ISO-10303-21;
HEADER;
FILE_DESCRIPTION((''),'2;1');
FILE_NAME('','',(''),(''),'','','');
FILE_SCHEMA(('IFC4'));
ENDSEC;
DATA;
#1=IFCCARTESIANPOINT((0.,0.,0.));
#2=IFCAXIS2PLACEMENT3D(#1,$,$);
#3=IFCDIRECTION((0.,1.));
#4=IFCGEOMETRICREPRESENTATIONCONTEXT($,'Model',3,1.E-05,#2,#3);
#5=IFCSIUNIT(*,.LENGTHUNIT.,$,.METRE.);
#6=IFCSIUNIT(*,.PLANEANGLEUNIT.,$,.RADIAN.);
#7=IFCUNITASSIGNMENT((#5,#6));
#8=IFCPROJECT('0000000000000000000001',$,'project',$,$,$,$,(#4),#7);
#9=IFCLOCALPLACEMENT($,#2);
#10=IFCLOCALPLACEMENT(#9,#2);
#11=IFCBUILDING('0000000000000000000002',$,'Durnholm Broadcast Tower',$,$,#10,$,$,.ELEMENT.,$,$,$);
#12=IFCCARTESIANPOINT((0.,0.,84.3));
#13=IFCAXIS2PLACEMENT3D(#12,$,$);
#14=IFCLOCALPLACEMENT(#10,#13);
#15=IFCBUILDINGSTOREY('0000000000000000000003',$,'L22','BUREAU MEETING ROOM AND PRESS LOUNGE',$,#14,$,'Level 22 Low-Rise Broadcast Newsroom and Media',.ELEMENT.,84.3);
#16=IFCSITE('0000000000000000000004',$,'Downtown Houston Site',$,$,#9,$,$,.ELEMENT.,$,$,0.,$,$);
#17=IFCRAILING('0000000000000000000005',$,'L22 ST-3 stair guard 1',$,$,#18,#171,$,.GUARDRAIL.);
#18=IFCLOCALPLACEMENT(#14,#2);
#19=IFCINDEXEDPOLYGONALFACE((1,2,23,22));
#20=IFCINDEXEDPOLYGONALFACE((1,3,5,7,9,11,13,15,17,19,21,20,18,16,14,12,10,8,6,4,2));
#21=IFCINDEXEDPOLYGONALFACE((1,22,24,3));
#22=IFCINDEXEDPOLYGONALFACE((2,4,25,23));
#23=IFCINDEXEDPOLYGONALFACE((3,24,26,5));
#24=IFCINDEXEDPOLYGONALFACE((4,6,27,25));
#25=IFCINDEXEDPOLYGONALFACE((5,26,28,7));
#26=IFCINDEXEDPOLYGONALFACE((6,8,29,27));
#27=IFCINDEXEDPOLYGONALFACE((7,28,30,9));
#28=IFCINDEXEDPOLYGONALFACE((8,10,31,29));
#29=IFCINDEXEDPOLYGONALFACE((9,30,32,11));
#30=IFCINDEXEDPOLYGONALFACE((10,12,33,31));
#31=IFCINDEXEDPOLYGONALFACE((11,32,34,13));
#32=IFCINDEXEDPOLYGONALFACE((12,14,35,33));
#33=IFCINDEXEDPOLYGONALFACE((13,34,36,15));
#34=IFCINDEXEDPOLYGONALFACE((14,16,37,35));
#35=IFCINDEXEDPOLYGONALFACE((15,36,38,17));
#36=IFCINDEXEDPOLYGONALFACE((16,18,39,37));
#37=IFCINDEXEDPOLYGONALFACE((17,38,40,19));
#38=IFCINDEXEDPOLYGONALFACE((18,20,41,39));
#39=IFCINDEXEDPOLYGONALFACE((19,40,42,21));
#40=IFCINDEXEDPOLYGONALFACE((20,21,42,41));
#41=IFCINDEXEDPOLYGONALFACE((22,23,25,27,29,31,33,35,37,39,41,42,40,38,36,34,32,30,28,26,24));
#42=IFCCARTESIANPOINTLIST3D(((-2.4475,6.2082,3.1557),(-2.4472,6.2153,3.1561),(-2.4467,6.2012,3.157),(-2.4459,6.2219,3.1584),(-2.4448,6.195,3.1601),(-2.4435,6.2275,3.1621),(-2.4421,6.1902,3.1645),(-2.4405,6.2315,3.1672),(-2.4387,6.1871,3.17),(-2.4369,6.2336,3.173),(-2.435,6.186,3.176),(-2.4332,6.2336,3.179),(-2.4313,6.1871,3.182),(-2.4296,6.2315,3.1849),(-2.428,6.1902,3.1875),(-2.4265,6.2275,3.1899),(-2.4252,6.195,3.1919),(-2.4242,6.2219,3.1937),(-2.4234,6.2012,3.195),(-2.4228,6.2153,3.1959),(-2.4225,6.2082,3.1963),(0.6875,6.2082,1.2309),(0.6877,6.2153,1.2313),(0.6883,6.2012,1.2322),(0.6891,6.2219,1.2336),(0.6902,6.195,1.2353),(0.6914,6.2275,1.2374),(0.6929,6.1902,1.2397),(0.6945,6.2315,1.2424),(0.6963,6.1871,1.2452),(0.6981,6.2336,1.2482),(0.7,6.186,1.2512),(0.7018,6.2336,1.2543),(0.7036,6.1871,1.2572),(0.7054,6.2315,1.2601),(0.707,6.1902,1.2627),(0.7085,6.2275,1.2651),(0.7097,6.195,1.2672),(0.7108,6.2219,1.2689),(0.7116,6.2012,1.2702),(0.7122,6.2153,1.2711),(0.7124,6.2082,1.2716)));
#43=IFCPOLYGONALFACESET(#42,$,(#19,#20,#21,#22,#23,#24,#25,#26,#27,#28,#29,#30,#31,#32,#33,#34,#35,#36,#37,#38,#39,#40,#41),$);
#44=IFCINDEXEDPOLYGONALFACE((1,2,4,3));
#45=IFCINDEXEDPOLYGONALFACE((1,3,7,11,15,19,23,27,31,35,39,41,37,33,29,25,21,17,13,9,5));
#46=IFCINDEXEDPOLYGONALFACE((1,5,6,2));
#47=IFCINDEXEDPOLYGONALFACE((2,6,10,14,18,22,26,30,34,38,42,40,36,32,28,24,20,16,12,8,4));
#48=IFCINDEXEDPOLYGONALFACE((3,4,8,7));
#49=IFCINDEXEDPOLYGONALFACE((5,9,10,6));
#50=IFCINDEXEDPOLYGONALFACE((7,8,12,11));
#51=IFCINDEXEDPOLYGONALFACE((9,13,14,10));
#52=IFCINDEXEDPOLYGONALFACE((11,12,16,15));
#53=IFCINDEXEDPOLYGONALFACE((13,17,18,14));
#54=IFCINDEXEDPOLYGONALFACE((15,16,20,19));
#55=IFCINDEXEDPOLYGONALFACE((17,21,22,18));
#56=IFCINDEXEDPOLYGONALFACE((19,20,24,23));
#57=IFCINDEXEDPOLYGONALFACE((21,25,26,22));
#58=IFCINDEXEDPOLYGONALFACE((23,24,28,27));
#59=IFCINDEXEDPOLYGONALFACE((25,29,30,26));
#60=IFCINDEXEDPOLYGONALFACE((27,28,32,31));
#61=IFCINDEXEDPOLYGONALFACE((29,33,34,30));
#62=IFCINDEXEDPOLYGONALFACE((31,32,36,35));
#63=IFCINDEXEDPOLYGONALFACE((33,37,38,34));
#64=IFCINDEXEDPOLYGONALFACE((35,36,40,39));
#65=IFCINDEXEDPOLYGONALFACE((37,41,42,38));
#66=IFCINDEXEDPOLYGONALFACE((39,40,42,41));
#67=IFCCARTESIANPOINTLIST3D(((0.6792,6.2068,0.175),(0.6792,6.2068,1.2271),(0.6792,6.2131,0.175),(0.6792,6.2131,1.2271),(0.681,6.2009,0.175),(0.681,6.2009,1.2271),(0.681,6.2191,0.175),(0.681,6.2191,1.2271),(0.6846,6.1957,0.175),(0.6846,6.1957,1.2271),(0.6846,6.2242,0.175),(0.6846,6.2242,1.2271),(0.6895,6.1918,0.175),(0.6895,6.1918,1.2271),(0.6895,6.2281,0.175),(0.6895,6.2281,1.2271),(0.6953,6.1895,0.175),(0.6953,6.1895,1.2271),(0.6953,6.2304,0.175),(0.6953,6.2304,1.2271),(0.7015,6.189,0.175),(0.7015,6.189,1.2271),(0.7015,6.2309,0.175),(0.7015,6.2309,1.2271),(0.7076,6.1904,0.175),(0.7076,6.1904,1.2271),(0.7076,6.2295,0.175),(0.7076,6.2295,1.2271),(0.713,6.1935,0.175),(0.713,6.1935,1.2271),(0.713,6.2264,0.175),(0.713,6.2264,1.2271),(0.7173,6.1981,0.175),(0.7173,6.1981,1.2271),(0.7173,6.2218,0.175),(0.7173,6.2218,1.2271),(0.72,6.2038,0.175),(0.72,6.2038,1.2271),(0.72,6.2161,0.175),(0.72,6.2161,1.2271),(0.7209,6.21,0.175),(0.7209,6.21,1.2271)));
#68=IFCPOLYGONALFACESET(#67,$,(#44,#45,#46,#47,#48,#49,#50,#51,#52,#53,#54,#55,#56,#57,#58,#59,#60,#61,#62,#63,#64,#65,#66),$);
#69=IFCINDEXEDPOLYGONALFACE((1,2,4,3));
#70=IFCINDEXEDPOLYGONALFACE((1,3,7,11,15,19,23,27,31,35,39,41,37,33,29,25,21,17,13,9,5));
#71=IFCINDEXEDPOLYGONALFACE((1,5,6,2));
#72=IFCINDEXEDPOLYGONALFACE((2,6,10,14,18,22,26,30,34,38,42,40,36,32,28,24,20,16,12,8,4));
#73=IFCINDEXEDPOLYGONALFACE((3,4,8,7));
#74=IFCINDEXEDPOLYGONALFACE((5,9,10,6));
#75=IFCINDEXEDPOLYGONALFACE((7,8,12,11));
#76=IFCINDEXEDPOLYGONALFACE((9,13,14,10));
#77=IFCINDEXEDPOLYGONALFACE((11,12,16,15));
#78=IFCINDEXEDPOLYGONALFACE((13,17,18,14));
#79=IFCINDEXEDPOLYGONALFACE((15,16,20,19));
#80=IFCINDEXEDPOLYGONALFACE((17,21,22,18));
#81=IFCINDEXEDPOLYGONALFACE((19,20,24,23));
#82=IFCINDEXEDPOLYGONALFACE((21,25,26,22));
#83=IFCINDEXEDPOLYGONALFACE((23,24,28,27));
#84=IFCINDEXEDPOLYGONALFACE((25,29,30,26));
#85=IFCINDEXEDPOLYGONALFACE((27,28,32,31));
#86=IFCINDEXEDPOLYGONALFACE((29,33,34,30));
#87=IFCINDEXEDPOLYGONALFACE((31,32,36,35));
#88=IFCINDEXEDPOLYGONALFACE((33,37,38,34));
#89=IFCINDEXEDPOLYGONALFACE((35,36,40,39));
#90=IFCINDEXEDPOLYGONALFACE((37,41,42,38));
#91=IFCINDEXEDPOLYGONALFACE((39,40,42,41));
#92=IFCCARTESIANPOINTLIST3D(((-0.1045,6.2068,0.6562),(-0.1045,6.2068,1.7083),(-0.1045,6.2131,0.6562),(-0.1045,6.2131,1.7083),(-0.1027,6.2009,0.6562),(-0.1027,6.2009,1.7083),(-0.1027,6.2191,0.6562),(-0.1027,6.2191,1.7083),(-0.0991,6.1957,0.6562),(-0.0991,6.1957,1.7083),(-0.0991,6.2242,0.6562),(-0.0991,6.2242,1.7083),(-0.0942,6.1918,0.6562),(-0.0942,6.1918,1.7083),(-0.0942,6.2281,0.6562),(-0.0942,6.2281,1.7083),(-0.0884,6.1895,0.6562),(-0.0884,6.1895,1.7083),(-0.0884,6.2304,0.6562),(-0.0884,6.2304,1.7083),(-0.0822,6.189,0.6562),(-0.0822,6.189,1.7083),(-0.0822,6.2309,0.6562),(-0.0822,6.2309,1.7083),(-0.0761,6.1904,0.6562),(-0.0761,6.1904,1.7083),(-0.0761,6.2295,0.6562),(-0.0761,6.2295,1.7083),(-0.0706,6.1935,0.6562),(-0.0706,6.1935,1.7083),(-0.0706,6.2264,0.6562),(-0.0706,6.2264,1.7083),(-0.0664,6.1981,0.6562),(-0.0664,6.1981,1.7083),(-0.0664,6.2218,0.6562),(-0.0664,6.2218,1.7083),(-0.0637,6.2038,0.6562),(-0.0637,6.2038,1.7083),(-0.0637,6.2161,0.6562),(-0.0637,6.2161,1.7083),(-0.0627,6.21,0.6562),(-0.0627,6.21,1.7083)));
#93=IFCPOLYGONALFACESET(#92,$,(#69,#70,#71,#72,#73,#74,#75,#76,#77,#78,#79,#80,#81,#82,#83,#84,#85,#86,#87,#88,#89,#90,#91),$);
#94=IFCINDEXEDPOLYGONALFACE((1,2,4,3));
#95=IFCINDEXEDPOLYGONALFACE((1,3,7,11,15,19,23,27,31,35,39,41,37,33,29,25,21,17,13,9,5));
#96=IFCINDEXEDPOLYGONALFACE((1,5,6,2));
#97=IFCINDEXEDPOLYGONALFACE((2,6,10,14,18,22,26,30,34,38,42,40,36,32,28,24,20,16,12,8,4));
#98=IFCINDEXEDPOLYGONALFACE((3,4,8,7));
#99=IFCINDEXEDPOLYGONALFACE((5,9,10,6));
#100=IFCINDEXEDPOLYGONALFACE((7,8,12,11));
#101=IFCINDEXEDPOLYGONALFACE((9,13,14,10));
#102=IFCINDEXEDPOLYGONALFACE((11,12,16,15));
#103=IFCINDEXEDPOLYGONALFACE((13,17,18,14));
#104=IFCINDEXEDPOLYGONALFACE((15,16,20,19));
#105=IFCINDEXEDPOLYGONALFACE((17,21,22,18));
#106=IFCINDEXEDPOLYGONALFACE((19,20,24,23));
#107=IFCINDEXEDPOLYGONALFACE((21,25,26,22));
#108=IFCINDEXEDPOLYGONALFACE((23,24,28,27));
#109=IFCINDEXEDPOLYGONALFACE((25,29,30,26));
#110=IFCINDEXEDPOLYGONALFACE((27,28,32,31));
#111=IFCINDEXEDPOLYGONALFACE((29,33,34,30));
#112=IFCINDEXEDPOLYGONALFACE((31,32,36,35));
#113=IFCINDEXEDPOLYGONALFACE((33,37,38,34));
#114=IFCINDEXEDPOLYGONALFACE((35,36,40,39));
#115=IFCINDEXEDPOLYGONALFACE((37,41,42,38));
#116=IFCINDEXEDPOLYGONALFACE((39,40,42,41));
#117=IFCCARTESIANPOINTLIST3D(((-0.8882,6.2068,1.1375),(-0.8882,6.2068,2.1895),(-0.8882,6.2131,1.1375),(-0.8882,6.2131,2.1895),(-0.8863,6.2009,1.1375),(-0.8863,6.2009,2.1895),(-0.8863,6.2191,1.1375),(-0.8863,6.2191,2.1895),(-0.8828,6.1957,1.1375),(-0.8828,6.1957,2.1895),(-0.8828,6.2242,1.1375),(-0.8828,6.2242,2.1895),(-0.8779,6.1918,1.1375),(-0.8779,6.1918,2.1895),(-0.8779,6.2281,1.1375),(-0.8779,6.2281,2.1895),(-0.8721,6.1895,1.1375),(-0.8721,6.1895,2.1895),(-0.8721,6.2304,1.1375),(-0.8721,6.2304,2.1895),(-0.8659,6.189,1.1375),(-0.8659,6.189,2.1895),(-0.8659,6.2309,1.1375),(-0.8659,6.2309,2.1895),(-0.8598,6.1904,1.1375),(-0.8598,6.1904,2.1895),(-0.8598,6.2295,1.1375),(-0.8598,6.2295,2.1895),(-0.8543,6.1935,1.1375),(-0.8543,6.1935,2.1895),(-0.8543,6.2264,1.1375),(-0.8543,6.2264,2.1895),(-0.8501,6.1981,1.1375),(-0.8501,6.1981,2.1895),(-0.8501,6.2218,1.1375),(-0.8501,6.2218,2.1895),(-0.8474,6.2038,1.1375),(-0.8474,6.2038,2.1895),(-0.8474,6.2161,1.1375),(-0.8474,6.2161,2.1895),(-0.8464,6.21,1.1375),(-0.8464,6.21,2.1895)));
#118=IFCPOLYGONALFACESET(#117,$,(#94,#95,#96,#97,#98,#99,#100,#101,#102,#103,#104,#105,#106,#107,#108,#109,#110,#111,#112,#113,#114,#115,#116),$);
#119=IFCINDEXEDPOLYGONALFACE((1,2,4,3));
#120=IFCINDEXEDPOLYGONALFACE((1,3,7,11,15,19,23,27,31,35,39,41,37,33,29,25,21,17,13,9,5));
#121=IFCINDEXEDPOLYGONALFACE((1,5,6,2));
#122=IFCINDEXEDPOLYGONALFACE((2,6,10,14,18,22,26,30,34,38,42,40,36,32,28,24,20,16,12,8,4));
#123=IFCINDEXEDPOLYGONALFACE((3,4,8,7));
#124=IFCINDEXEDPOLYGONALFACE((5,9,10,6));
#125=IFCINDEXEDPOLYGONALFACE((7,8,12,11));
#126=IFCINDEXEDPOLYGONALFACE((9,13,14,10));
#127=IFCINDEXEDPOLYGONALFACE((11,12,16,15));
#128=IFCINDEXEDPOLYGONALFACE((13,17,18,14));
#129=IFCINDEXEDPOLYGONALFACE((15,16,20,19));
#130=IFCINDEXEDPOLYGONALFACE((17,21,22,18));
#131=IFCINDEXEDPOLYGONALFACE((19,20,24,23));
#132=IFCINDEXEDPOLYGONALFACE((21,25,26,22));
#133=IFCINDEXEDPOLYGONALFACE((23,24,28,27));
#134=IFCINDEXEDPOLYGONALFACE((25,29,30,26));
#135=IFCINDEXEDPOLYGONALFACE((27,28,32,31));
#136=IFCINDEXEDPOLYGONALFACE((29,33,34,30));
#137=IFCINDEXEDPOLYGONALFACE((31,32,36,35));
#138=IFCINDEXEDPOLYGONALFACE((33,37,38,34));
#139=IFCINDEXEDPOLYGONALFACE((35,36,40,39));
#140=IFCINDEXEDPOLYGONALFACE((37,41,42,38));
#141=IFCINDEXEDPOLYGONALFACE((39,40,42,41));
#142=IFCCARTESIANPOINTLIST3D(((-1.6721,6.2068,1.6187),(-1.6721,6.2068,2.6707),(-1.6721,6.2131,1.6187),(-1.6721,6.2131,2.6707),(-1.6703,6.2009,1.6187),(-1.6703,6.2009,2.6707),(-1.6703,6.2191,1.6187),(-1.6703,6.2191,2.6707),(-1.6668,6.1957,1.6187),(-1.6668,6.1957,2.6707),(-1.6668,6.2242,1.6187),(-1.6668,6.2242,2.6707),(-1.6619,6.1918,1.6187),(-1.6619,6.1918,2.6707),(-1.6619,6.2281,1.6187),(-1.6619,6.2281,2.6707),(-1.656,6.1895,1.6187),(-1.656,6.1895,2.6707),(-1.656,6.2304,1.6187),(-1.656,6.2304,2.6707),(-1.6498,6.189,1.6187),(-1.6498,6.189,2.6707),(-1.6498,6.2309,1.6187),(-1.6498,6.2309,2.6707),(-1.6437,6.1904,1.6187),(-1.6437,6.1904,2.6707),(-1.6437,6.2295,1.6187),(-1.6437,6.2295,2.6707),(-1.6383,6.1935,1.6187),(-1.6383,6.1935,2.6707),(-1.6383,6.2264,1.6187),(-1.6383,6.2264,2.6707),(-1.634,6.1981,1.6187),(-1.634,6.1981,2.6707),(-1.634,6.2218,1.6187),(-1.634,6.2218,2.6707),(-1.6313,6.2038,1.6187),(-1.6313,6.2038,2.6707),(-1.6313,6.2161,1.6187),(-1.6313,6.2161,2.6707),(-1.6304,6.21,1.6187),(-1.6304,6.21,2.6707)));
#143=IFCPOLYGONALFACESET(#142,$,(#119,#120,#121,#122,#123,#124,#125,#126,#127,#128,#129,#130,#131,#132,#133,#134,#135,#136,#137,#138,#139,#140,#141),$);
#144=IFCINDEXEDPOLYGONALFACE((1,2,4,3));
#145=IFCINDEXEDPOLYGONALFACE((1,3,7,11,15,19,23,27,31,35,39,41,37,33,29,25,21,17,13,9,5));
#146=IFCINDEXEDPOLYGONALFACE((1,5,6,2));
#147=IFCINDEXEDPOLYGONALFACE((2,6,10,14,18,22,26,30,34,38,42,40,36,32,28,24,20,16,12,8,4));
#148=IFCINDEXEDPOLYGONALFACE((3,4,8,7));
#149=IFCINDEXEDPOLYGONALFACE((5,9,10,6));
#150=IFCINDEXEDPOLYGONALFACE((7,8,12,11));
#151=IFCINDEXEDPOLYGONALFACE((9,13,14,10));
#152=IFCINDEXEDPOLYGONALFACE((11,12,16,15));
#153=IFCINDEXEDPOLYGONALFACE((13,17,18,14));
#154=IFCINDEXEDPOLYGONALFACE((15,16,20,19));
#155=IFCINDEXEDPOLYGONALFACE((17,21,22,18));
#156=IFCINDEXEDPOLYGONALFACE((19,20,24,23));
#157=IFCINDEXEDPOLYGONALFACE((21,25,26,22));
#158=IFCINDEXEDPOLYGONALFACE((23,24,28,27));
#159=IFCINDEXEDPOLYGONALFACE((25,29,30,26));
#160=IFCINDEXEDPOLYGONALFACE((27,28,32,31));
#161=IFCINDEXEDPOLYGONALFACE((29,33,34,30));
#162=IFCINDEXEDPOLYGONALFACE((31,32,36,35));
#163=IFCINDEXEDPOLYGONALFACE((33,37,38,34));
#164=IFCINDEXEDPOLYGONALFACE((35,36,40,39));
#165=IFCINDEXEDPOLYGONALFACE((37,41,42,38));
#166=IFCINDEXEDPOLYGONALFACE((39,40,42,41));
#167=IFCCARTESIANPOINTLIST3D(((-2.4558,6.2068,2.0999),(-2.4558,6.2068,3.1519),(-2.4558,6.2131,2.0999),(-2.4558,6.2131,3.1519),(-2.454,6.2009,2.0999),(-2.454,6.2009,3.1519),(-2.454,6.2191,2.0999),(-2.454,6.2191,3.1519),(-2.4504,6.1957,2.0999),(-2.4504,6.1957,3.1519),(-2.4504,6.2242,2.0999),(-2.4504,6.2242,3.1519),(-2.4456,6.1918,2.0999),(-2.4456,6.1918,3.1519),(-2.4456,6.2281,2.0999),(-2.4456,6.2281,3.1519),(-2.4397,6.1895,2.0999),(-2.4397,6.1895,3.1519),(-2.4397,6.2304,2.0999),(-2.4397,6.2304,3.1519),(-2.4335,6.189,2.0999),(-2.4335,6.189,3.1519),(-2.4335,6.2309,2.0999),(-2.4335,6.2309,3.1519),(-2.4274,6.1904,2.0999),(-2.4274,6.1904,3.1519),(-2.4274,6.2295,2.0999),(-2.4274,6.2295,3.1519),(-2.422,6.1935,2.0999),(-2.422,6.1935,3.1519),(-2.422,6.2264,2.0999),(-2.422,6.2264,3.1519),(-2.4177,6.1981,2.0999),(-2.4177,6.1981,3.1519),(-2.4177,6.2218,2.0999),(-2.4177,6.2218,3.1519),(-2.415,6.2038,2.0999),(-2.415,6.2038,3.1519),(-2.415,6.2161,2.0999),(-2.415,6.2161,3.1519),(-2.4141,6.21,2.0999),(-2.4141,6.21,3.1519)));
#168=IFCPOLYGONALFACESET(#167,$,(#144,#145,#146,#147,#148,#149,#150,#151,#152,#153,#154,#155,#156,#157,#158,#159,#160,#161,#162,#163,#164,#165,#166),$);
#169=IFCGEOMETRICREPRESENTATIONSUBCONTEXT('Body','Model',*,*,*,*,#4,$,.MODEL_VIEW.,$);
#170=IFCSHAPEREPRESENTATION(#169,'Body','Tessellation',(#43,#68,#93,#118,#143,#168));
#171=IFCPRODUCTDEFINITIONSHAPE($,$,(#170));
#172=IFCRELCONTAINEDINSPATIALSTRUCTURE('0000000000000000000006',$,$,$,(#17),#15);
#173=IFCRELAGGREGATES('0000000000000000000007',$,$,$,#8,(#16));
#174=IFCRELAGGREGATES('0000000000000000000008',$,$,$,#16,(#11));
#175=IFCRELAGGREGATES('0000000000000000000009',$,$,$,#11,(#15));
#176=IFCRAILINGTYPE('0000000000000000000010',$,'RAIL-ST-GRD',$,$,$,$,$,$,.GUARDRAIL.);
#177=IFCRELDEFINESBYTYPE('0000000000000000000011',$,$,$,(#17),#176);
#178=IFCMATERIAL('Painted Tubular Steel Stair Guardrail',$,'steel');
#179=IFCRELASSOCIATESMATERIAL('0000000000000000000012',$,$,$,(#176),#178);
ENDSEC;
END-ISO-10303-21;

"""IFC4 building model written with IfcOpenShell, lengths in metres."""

from ifc_helpers import new_model, si_unit, direction, frame, origin, origin_2d, place, context, subcontext, project, spatial, circle, extrude, material, type_object, element, save


model = new_model("IFC4")

# Units and contexts
model_context = context("Model", 3, precision=1e-05, world=origin(), true_north=direction((0.0, 1.0)))
body_context = subcontext(model_context, "Body", "Model", "MODEL_VIEW")
ifc_project = project(units=[si_unit("LENGTHUNIT", "METRE"), si_unit("PLANEANGLEUNIT", "RADIAN")], contexts=[model_context])

# Site, building, storey
site_placement = place(None, origin())
site = spatial("IfcSite", under=ifc_project, at=site_placement, Name="Downtown Houston Site", CompositionType="ELEMENT", RefElevation=0.0)
building_placement = place(site_placement, origin())
building = spatial("IfcBuilding", under=site, at=building_placement, Name="Durnholm Broadcast Tower", CompositionType="ELEMENT")
storey_placement = place(building_placement, frame((0.0, 0.0, 84.3)))
storey = spatial("IfcBuildingStorey", under=building, at=storey_placement, Name="L22", Description="BUREAU MEETING ROOM AND PRESS LOUNGE", LongName="Level 22 Low-Rise Broadcast Newsroom and Media", CompositionType="ELEMENT", Elevation=84.3)

# Railing
ifc_material_1 = material(Name="Painted Tubular Steel Stair Guardrail", Category="steel")
railing_type_1 = type_object("IfcRailingType", Name="RAIL-ST-GRD", PredefinedType="GUARDRAIL", material=ifc_material_1)
railing_1_placement = place(storey_placement, frame((0.7, 6.21, 0.175)))
element("IfcRailing", 1, at=railing_1_placement, inside=storey, type_object=railing_type_1, Name="L22 ST-3 stair guard 1", PredefinedType="GUARDRAIL", context=body_context, shape_type="SweptSolid", body=[
    extrude(circle(Radius=0.0239, at=origin_2d()), frame((0.0, 0.0, 1.0762), z_axis=(-0.852196, 0.0, 0.523223), x_axis=(0.0, -1.0, 0.0)), (0.0, 0.0, 1.0), 3.6787),
    extrude(circle(Radius=0.021, at=origin_2d()), origin(), (0.0, 0.0, 1.0), 1.052),
    extrude(circle(Radius=0.021, at=origin_2d()), frame((-0.7837, 0.0, 0.4812)), (0.0, 0.0, 1.0), 1.052),
    extrude(circle(Radius=0.021, at=origin_2d()), frame((-1.5674, 0.0, 0.9624)), (0.0, 0.0, 1.0), 1.052),
    extrude(circle(Radius=0.021, at=origin_2d()), frame((-2.3513, 0.0, 1.4436)), (0.0, 0.0, 1.0), 1.052),
    extrude(circle(Radius=0.021, at=origin_2d()), frame((-3.135, 0.0, 1.9248)), (0.0, 0.0, 1.0), 1.052),
])

save(model, "model.ifc")
